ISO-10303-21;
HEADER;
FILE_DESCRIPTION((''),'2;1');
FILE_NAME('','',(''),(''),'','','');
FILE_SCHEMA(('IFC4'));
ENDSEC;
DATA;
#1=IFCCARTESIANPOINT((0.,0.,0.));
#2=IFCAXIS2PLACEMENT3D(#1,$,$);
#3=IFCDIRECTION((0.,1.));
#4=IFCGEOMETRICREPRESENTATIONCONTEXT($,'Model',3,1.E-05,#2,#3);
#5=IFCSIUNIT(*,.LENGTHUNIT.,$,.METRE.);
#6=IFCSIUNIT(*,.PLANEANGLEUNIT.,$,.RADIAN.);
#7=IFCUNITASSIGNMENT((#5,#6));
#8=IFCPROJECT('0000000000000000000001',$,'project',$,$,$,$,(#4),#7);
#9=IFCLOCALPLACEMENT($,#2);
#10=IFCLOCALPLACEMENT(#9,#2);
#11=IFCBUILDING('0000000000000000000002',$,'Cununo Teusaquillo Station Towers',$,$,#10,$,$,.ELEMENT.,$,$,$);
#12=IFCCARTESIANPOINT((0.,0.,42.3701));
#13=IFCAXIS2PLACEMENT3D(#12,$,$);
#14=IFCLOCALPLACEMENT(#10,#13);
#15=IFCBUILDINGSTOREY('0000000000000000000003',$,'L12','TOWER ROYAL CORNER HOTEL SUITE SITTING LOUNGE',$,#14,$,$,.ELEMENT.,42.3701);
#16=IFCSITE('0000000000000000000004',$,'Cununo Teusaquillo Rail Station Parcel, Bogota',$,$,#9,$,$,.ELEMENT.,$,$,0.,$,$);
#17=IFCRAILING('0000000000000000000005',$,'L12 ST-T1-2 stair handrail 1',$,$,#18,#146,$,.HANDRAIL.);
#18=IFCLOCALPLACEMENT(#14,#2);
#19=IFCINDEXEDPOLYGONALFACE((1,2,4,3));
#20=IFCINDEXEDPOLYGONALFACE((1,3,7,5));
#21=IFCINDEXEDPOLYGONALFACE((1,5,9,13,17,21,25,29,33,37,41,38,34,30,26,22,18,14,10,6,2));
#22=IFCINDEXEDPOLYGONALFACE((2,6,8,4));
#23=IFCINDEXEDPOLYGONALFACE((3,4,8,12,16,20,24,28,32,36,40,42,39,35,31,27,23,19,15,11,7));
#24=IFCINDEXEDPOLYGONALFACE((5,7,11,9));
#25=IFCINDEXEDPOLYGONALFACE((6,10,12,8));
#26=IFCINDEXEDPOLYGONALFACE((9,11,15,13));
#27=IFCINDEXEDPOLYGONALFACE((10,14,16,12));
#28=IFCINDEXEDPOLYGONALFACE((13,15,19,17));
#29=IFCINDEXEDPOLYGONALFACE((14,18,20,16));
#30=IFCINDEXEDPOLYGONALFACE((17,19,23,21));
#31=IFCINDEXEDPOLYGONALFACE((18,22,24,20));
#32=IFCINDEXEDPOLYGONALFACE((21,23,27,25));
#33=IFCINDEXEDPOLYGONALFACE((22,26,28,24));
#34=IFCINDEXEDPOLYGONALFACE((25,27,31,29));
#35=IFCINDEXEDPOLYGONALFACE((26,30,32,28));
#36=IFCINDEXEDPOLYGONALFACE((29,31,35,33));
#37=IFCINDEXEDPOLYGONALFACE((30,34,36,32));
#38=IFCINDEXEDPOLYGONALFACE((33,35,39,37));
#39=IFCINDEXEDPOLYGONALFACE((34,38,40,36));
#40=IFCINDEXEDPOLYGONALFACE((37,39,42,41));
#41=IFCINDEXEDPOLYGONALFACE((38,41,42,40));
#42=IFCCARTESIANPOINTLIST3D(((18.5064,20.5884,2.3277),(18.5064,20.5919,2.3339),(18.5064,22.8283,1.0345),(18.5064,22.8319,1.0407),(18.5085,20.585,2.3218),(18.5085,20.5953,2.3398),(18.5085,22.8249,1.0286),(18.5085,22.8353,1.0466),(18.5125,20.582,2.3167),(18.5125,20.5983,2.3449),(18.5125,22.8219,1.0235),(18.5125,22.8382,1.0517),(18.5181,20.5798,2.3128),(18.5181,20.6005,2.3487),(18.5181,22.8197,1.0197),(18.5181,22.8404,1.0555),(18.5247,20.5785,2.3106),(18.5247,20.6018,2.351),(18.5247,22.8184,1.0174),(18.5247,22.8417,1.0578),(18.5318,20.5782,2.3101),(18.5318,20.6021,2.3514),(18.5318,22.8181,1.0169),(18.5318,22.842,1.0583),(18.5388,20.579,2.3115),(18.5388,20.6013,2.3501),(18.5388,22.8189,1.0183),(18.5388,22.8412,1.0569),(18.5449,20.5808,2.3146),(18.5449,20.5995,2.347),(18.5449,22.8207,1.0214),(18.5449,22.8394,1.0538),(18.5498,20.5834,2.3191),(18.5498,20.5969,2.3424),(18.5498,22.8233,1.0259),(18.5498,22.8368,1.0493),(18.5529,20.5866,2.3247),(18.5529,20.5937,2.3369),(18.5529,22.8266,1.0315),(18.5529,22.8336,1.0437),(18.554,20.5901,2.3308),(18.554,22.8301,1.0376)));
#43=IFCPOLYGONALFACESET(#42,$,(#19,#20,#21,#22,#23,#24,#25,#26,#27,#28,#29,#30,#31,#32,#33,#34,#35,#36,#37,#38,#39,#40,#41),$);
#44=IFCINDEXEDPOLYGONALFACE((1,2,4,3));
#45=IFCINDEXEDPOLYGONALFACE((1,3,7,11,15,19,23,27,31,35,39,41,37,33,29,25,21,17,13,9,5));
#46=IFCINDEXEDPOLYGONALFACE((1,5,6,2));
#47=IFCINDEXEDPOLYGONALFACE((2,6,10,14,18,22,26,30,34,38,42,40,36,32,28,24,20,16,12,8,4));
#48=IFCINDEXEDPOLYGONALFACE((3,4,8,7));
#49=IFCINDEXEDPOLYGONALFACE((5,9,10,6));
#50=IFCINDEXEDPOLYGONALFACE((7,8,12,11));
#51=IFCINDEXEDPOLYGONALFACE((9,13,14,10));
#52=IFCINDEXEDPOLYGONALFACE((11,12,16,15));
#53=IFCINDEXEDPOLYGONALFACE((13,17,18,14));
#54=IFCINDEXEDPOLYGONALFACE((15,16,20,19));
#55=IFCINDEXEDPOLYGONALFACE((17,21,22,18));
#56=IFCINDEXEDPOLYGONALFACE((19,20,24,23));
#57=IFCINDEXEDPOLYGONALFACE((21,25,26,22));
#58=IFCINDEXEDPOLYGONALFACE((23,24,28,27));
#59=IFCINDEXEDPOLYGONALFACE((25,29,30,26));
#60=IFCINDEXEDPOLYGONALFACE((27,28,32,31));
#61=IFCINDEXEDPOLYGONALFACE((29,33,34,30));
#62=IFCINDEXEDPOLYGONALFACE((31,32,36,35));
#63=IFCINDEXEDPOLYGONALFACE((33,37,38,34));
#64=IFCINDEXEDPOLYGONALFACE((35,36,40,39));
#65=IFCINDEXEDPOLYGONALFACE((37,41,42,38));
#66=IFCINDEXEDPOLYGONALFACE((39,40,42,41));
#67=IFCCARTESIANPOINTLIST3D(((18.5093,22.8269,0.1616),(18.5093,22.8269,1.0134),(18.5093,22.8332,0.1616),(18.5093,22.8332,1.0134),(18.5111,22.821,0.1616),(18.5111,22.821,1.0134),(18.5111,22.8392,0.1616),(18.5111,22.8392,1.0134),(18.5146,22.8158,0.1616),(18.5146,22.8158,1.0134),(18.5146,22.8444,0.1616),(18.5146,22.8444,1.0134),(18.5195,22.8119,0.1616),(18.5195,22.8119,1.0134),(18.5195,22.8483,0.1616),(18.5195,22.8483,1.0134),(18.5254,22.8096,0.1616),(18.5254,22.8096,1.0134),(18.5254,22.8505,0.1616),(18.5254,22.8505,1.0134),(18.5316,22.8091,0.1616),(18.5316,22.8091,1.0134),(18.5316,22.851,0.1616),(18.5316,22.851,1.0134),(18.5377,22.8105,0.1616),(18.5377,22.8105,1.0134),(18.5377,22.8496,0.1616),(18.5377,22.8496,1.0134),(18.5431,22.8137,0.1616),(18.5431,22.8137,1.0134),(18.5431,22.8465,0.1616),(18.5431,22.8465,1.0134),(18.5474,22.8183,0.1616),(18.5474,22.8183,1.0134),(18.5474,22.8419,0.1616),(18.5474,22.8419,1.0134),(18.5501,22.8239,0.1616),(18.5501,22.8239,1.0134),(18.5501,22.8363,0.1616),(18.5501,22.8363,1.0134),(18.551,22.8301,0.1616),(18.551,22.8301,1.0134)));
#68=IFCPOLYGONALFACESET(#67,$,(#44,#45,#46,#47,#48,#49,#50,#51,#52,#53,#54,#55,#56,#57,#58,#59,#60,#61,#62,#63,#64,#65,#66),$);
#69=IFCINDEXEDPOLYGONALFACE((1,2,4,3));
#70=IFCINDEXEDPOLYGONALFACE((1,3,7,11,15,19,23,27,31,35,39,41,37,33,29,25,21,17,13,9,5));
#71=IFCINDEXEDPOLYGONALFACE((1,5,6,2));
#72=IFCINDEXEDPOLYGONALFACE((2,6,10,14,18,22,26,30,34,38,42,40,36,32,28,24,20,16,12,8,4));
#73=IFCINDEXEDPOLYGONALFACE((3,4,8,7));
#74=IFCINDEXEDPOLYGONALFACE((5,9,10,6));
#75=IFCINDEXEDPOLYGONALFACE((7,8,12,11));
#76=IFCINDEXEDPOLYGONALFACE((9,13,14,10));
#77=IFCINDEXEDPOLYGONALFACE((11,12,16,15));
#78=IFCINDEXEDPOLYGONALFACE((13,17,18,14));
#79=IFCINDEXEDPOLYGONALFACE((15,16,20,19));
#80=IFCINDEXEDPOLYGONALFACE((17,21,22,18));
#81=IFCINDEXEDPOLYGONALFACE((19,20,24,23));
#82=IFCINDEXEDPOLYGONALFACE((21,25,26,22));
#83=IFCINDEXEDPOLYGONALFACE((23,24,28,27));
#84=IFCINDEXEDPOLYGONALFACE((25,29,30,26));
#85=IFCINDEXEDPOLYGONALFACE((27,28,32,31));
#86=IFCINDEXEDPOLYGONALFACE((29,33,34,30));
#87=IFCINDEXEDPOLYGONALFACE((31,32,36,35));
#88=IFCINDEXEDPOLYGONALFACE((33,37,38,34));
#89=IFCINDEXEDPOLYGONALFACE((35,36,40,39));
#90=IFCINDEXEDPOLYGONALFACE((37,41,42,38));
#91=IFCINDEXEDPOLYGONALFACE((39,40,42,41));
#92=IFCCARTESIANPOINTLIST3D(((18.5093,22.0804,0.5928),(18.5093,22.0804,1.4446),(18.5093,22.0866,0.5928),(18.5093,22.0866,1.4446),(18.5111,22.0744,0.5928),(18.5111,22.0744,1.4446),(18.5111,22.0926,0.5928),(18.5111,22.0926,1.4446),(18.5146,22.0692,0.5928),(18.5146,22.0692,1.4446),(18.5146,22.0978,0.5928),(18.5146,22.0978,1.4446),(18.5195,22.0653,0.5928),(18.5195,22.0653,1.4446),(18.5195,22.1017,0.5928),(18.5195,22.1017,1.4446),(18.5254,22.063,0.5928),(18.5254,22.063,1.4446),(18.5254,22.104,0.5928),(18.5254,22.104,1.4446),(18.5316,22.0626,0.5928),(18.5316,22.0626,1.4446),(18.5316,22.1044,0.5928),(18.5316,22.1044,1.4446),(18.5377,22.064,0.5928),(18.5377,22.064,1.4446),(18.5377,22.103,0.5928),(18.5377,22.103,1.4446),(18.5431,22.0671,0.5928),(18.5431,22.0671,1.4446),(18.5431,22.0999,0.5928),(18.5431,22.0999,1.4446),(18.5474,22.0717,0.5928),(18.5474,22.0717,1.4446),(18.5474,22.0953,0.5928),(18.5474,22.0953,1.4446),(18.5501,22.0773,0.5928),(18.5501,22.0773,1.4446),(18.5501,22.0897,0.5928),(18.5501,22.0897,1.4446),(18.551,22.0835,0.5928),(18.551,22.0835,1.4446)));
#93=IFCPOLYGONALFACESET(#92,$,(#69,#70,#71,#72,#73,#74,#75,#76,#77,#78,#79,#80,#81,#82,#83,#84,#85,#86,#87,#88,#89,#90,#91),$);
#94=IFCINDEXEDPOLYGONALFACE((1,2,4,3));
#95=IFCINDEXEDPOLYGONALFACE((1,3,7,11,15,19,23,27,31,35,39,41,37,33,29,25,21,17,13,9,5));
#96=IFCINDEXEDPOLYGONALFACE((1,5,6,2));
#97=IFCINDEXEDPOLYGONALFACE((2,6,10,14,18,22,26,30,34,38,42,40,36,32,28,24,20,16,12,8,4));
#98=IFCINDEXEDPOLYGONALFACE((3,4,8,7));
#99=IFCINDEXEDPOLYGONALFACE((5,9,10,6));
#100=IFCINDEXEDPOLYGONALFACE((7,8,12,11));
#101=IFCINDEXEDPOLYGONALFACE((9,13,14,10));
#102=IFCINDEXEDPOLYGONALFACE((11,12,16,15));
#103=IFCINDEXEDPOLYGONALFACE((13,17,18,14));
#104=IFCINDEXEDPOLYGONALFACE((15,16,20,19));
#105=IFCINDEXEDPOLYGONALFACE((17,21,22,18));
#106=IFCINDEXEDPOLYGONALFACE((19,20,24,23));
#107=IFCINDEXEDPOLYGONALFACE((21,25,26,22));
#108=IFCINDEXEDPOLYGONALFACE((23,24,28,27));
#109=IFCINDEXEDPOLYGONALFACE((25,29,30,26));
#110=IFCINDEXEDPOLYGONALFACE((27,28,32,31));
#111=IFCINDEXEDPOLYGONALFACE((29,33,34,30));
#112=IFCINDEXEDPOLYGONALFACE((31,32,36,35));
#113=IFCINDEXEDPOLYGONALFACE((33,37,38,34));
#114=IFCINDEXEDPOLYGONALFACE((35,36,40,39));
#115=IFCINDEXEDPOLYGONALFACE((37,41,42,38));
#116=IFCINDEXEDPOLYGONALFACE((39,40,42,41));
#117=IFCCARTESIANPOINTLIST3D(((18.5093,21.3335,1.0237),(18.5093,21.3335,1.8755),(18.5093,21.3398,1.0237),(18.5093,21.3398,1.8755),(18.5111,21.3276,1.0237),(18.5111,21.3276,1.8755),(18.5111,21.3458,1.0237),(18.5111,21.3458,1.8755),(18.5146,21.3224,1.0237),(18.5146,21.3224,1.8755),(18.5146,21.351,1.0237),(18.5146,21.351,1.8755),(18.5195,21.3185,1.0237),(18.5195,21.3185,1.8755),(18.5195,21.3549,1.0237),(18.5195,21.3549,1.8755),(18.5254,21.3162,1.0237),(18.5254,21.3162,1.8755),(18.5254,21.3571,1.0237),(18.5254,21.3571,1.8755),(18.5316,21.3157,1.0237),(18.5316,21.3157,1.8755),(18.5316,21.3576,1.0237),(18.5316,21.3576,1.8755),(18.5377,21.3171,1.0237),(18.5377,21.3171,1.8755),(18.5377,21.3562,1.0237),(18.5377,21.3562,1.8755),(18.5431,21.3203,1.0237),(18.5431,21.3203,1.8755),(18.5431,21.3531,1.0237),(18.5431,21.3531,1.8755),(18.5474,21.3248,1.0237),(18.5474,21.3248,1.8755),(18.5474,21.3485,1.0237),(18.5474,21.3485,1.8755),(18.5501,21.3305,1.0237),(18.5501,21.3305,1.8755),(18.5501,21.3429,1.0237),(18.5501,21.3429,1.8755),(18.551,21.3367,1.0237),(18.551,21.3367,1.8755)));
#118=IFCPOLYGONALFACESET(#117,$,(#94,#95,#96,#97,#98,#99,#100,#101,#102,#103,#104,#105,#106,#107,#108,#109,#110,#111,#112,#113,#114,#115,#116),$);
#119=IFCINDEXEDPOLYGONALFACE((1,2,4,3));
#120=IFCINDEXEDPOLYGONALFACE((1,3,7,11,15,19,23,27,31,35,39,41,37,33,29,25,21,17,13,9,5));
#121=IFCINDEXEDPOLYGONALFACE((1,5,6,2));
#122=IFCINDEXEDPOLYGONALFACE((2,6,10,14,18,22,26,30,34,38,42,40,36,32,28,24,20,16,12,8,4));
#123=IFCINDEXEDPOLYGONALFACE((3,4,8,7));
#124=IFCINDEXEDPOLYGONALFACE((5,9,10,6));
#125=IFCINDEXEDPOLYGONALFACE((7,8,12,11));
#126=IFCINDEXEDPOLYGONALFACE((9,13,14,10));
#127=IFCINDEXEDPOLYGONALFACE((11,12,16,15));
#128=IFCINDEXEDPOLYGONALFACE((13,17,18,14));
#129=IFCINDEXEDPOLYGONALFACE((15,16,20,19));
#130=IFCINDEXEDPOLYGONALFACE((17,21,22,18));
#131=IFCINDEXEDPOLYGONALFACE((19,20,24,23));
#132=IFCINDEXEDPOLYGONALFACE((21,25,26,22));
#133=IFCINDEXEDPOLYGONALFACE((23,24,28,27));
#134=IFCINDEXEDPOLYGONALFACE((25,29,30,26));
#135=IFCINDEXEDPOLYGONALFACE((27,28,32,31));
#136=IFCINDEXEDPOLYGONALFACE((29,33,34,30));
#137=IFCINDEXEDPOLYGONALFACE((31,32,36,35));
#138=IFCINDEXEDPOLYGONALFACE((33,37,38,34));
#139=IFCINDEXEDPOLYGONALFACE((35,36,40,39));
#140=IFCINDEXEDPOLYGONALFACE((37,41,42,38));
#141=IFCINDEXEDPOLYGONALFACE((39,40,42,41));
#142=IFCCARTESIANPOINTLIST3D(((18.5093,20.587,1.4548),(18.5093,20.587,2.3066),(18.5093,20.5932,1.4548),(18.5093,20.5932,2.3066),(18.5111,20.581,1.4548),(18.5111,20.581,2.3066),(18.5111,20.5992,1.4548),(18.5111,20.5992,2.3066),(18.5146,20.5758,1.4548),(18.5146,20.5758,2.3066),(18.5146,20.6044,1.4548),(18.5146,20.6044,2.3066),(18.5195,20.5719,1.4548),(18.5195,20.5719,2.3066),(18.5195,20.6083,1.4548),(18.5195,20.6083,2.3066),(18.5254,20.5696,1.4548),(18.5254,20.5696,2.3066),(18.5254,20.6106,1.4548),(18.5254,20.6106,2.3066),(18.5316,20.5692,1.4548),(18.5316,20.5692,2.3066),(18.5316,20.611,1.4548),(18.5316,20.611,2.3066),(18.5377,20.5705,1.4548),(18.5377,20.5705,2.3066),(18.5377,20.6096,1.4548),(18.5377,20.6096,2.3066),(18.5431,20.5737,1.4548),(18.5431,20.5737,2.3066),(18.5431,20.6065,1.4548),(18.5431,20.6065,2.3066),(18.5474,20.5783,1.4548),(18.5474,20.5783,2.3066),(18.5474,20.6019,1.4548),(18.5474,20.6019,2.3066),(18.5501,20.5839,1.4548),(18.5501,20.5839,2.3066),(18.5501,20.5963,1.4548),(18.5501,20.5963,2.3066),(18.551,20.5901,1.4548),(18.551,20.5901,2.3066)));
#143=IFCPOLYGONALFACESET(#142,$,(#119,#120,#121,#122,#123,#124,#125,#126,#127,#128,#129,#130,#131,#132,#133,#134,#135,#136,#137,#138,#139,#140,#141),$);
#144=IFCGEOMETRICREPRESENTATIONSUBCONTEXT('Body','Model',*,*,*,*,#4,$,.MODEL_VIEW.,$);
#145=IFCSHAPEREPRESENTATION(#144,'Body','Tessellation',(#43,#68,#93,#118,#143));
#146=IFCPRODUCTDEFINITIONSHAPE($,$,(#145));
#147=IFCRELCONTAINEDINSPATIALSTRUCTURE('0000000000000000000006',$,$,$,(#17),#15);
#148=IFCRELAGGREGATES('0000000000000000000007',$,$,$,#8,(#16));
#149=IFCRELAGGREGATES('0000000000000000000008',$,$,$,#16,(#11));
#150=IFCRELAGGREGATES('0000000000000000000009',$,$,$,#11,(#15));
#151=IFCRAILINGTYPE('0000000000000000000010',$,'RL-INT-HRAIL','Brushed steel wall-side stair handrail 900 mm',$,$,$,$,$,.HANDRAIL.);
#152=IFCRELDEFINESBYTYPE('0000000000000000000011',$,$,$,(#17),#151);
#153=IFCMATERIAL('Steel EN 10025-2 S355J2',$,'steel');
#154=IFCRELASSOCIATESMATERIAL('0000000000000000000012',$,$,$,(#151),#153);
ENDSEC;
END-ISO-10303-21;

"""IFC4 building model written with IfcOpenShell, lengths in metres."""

from ifc_helpers import new_model, si_unit, direction, frame, origin, origin_2d, place, context, subcontext, project, spatial, circle, extrude, material, type_object, element, save


model = new_model("IFC4")

# Units and contexts
model_context = context("Model", 3, precision=1e-05, world=origin(), true_north=direction((0.0, 1.0)))
body_context = subcontext(model_context, "Body", "Model", "MODEL_VIEW")
ifc_project = project(units=[si_unit("LENGTHUNIT", "METRE"), si_unit("PLANEANGLEUNIT", "RADIAN")], contexts=[model_context])

# Site, building, storey
site_placement = place(None, origin())
site = spatial("IfcSite", under=ifc_project, at=site_placement, Name="Cununo Teusaquillo Rail Station Parcel, Bogota", CompositionType="ELEMENT", RefElevation=0.0)
building_placement = place(site_placement, origin())
building = spatial("IfcBuilding", under=site, at=building_placement, Name="Cununo Teusaquillo Station Towers", CompositionType="ELEMENT")
storey_placement = place(building_placement, frame((0.0, 0.0, 42.3701)))
storey = spatial("IfcBuildingStorey", under=building, at=storey_placement, Name="L12", Description="TOWER ROYAL CORNER HOTEL SUITE SITTING LOUNGE", CompositionType="ELEMENT", Elevation=42.3701)

# Railing
ifc_material_1 = material(Name="Steel EN 10025-2 S355J2", Category="steel")
railing_type_1 = type_object("IfcRailingType", Name="RL-INT-HRAIL", Description="Brushed steel wall-side stair handrail 900 mm", PredefinedType="HANDRAIL", material=ifc_material_1)
railing_1_placement = place(storey_placement, frame((18.53, 22.8301, 0.1616)))
element("IfcRailing", 1, at=railing_1_placement, inside=storey, type_object=railing_type_1, Name="L12 ST-T1-2 stair handrail 1", PredefinedType="HANDRAIL", context=body_context, shape_type="SweptSolid", body=[
    extrude(circle(Radius=0.0239, at=origin_2d()), frame((0.0, 0.0, 0.876), z_axis=(0.0, -0.866033, 0.499987), x_axis=(1.0, 0.0, 0.0)), (0.0, 0.0, 1.0), 2.5864),
    extrude(circle(Radius=0.021, at=origin_2d()), origin(), (0.0, 0.0, 1.0), 0.8518),
    extrude(circle(Radius=0.021, at=origin_2d()), frame((0.0, -0.7466, 0.4312)), (0.0, 0.0, 1.0), 0.8518),
    extrude(circle(Radius=0.021, at=origin_2d()), frame((0.0, -1.4934, 0.8621)), (0.0, 0.0, 1.0), 0.8518),
    extrude(circle(Radius=0.021, at=origin_2d()), frame((0.0, -2.24, 1.2932)), (0.0, 0.0, 1.0), 0.8518),
])

save(model, "model.ifc")
